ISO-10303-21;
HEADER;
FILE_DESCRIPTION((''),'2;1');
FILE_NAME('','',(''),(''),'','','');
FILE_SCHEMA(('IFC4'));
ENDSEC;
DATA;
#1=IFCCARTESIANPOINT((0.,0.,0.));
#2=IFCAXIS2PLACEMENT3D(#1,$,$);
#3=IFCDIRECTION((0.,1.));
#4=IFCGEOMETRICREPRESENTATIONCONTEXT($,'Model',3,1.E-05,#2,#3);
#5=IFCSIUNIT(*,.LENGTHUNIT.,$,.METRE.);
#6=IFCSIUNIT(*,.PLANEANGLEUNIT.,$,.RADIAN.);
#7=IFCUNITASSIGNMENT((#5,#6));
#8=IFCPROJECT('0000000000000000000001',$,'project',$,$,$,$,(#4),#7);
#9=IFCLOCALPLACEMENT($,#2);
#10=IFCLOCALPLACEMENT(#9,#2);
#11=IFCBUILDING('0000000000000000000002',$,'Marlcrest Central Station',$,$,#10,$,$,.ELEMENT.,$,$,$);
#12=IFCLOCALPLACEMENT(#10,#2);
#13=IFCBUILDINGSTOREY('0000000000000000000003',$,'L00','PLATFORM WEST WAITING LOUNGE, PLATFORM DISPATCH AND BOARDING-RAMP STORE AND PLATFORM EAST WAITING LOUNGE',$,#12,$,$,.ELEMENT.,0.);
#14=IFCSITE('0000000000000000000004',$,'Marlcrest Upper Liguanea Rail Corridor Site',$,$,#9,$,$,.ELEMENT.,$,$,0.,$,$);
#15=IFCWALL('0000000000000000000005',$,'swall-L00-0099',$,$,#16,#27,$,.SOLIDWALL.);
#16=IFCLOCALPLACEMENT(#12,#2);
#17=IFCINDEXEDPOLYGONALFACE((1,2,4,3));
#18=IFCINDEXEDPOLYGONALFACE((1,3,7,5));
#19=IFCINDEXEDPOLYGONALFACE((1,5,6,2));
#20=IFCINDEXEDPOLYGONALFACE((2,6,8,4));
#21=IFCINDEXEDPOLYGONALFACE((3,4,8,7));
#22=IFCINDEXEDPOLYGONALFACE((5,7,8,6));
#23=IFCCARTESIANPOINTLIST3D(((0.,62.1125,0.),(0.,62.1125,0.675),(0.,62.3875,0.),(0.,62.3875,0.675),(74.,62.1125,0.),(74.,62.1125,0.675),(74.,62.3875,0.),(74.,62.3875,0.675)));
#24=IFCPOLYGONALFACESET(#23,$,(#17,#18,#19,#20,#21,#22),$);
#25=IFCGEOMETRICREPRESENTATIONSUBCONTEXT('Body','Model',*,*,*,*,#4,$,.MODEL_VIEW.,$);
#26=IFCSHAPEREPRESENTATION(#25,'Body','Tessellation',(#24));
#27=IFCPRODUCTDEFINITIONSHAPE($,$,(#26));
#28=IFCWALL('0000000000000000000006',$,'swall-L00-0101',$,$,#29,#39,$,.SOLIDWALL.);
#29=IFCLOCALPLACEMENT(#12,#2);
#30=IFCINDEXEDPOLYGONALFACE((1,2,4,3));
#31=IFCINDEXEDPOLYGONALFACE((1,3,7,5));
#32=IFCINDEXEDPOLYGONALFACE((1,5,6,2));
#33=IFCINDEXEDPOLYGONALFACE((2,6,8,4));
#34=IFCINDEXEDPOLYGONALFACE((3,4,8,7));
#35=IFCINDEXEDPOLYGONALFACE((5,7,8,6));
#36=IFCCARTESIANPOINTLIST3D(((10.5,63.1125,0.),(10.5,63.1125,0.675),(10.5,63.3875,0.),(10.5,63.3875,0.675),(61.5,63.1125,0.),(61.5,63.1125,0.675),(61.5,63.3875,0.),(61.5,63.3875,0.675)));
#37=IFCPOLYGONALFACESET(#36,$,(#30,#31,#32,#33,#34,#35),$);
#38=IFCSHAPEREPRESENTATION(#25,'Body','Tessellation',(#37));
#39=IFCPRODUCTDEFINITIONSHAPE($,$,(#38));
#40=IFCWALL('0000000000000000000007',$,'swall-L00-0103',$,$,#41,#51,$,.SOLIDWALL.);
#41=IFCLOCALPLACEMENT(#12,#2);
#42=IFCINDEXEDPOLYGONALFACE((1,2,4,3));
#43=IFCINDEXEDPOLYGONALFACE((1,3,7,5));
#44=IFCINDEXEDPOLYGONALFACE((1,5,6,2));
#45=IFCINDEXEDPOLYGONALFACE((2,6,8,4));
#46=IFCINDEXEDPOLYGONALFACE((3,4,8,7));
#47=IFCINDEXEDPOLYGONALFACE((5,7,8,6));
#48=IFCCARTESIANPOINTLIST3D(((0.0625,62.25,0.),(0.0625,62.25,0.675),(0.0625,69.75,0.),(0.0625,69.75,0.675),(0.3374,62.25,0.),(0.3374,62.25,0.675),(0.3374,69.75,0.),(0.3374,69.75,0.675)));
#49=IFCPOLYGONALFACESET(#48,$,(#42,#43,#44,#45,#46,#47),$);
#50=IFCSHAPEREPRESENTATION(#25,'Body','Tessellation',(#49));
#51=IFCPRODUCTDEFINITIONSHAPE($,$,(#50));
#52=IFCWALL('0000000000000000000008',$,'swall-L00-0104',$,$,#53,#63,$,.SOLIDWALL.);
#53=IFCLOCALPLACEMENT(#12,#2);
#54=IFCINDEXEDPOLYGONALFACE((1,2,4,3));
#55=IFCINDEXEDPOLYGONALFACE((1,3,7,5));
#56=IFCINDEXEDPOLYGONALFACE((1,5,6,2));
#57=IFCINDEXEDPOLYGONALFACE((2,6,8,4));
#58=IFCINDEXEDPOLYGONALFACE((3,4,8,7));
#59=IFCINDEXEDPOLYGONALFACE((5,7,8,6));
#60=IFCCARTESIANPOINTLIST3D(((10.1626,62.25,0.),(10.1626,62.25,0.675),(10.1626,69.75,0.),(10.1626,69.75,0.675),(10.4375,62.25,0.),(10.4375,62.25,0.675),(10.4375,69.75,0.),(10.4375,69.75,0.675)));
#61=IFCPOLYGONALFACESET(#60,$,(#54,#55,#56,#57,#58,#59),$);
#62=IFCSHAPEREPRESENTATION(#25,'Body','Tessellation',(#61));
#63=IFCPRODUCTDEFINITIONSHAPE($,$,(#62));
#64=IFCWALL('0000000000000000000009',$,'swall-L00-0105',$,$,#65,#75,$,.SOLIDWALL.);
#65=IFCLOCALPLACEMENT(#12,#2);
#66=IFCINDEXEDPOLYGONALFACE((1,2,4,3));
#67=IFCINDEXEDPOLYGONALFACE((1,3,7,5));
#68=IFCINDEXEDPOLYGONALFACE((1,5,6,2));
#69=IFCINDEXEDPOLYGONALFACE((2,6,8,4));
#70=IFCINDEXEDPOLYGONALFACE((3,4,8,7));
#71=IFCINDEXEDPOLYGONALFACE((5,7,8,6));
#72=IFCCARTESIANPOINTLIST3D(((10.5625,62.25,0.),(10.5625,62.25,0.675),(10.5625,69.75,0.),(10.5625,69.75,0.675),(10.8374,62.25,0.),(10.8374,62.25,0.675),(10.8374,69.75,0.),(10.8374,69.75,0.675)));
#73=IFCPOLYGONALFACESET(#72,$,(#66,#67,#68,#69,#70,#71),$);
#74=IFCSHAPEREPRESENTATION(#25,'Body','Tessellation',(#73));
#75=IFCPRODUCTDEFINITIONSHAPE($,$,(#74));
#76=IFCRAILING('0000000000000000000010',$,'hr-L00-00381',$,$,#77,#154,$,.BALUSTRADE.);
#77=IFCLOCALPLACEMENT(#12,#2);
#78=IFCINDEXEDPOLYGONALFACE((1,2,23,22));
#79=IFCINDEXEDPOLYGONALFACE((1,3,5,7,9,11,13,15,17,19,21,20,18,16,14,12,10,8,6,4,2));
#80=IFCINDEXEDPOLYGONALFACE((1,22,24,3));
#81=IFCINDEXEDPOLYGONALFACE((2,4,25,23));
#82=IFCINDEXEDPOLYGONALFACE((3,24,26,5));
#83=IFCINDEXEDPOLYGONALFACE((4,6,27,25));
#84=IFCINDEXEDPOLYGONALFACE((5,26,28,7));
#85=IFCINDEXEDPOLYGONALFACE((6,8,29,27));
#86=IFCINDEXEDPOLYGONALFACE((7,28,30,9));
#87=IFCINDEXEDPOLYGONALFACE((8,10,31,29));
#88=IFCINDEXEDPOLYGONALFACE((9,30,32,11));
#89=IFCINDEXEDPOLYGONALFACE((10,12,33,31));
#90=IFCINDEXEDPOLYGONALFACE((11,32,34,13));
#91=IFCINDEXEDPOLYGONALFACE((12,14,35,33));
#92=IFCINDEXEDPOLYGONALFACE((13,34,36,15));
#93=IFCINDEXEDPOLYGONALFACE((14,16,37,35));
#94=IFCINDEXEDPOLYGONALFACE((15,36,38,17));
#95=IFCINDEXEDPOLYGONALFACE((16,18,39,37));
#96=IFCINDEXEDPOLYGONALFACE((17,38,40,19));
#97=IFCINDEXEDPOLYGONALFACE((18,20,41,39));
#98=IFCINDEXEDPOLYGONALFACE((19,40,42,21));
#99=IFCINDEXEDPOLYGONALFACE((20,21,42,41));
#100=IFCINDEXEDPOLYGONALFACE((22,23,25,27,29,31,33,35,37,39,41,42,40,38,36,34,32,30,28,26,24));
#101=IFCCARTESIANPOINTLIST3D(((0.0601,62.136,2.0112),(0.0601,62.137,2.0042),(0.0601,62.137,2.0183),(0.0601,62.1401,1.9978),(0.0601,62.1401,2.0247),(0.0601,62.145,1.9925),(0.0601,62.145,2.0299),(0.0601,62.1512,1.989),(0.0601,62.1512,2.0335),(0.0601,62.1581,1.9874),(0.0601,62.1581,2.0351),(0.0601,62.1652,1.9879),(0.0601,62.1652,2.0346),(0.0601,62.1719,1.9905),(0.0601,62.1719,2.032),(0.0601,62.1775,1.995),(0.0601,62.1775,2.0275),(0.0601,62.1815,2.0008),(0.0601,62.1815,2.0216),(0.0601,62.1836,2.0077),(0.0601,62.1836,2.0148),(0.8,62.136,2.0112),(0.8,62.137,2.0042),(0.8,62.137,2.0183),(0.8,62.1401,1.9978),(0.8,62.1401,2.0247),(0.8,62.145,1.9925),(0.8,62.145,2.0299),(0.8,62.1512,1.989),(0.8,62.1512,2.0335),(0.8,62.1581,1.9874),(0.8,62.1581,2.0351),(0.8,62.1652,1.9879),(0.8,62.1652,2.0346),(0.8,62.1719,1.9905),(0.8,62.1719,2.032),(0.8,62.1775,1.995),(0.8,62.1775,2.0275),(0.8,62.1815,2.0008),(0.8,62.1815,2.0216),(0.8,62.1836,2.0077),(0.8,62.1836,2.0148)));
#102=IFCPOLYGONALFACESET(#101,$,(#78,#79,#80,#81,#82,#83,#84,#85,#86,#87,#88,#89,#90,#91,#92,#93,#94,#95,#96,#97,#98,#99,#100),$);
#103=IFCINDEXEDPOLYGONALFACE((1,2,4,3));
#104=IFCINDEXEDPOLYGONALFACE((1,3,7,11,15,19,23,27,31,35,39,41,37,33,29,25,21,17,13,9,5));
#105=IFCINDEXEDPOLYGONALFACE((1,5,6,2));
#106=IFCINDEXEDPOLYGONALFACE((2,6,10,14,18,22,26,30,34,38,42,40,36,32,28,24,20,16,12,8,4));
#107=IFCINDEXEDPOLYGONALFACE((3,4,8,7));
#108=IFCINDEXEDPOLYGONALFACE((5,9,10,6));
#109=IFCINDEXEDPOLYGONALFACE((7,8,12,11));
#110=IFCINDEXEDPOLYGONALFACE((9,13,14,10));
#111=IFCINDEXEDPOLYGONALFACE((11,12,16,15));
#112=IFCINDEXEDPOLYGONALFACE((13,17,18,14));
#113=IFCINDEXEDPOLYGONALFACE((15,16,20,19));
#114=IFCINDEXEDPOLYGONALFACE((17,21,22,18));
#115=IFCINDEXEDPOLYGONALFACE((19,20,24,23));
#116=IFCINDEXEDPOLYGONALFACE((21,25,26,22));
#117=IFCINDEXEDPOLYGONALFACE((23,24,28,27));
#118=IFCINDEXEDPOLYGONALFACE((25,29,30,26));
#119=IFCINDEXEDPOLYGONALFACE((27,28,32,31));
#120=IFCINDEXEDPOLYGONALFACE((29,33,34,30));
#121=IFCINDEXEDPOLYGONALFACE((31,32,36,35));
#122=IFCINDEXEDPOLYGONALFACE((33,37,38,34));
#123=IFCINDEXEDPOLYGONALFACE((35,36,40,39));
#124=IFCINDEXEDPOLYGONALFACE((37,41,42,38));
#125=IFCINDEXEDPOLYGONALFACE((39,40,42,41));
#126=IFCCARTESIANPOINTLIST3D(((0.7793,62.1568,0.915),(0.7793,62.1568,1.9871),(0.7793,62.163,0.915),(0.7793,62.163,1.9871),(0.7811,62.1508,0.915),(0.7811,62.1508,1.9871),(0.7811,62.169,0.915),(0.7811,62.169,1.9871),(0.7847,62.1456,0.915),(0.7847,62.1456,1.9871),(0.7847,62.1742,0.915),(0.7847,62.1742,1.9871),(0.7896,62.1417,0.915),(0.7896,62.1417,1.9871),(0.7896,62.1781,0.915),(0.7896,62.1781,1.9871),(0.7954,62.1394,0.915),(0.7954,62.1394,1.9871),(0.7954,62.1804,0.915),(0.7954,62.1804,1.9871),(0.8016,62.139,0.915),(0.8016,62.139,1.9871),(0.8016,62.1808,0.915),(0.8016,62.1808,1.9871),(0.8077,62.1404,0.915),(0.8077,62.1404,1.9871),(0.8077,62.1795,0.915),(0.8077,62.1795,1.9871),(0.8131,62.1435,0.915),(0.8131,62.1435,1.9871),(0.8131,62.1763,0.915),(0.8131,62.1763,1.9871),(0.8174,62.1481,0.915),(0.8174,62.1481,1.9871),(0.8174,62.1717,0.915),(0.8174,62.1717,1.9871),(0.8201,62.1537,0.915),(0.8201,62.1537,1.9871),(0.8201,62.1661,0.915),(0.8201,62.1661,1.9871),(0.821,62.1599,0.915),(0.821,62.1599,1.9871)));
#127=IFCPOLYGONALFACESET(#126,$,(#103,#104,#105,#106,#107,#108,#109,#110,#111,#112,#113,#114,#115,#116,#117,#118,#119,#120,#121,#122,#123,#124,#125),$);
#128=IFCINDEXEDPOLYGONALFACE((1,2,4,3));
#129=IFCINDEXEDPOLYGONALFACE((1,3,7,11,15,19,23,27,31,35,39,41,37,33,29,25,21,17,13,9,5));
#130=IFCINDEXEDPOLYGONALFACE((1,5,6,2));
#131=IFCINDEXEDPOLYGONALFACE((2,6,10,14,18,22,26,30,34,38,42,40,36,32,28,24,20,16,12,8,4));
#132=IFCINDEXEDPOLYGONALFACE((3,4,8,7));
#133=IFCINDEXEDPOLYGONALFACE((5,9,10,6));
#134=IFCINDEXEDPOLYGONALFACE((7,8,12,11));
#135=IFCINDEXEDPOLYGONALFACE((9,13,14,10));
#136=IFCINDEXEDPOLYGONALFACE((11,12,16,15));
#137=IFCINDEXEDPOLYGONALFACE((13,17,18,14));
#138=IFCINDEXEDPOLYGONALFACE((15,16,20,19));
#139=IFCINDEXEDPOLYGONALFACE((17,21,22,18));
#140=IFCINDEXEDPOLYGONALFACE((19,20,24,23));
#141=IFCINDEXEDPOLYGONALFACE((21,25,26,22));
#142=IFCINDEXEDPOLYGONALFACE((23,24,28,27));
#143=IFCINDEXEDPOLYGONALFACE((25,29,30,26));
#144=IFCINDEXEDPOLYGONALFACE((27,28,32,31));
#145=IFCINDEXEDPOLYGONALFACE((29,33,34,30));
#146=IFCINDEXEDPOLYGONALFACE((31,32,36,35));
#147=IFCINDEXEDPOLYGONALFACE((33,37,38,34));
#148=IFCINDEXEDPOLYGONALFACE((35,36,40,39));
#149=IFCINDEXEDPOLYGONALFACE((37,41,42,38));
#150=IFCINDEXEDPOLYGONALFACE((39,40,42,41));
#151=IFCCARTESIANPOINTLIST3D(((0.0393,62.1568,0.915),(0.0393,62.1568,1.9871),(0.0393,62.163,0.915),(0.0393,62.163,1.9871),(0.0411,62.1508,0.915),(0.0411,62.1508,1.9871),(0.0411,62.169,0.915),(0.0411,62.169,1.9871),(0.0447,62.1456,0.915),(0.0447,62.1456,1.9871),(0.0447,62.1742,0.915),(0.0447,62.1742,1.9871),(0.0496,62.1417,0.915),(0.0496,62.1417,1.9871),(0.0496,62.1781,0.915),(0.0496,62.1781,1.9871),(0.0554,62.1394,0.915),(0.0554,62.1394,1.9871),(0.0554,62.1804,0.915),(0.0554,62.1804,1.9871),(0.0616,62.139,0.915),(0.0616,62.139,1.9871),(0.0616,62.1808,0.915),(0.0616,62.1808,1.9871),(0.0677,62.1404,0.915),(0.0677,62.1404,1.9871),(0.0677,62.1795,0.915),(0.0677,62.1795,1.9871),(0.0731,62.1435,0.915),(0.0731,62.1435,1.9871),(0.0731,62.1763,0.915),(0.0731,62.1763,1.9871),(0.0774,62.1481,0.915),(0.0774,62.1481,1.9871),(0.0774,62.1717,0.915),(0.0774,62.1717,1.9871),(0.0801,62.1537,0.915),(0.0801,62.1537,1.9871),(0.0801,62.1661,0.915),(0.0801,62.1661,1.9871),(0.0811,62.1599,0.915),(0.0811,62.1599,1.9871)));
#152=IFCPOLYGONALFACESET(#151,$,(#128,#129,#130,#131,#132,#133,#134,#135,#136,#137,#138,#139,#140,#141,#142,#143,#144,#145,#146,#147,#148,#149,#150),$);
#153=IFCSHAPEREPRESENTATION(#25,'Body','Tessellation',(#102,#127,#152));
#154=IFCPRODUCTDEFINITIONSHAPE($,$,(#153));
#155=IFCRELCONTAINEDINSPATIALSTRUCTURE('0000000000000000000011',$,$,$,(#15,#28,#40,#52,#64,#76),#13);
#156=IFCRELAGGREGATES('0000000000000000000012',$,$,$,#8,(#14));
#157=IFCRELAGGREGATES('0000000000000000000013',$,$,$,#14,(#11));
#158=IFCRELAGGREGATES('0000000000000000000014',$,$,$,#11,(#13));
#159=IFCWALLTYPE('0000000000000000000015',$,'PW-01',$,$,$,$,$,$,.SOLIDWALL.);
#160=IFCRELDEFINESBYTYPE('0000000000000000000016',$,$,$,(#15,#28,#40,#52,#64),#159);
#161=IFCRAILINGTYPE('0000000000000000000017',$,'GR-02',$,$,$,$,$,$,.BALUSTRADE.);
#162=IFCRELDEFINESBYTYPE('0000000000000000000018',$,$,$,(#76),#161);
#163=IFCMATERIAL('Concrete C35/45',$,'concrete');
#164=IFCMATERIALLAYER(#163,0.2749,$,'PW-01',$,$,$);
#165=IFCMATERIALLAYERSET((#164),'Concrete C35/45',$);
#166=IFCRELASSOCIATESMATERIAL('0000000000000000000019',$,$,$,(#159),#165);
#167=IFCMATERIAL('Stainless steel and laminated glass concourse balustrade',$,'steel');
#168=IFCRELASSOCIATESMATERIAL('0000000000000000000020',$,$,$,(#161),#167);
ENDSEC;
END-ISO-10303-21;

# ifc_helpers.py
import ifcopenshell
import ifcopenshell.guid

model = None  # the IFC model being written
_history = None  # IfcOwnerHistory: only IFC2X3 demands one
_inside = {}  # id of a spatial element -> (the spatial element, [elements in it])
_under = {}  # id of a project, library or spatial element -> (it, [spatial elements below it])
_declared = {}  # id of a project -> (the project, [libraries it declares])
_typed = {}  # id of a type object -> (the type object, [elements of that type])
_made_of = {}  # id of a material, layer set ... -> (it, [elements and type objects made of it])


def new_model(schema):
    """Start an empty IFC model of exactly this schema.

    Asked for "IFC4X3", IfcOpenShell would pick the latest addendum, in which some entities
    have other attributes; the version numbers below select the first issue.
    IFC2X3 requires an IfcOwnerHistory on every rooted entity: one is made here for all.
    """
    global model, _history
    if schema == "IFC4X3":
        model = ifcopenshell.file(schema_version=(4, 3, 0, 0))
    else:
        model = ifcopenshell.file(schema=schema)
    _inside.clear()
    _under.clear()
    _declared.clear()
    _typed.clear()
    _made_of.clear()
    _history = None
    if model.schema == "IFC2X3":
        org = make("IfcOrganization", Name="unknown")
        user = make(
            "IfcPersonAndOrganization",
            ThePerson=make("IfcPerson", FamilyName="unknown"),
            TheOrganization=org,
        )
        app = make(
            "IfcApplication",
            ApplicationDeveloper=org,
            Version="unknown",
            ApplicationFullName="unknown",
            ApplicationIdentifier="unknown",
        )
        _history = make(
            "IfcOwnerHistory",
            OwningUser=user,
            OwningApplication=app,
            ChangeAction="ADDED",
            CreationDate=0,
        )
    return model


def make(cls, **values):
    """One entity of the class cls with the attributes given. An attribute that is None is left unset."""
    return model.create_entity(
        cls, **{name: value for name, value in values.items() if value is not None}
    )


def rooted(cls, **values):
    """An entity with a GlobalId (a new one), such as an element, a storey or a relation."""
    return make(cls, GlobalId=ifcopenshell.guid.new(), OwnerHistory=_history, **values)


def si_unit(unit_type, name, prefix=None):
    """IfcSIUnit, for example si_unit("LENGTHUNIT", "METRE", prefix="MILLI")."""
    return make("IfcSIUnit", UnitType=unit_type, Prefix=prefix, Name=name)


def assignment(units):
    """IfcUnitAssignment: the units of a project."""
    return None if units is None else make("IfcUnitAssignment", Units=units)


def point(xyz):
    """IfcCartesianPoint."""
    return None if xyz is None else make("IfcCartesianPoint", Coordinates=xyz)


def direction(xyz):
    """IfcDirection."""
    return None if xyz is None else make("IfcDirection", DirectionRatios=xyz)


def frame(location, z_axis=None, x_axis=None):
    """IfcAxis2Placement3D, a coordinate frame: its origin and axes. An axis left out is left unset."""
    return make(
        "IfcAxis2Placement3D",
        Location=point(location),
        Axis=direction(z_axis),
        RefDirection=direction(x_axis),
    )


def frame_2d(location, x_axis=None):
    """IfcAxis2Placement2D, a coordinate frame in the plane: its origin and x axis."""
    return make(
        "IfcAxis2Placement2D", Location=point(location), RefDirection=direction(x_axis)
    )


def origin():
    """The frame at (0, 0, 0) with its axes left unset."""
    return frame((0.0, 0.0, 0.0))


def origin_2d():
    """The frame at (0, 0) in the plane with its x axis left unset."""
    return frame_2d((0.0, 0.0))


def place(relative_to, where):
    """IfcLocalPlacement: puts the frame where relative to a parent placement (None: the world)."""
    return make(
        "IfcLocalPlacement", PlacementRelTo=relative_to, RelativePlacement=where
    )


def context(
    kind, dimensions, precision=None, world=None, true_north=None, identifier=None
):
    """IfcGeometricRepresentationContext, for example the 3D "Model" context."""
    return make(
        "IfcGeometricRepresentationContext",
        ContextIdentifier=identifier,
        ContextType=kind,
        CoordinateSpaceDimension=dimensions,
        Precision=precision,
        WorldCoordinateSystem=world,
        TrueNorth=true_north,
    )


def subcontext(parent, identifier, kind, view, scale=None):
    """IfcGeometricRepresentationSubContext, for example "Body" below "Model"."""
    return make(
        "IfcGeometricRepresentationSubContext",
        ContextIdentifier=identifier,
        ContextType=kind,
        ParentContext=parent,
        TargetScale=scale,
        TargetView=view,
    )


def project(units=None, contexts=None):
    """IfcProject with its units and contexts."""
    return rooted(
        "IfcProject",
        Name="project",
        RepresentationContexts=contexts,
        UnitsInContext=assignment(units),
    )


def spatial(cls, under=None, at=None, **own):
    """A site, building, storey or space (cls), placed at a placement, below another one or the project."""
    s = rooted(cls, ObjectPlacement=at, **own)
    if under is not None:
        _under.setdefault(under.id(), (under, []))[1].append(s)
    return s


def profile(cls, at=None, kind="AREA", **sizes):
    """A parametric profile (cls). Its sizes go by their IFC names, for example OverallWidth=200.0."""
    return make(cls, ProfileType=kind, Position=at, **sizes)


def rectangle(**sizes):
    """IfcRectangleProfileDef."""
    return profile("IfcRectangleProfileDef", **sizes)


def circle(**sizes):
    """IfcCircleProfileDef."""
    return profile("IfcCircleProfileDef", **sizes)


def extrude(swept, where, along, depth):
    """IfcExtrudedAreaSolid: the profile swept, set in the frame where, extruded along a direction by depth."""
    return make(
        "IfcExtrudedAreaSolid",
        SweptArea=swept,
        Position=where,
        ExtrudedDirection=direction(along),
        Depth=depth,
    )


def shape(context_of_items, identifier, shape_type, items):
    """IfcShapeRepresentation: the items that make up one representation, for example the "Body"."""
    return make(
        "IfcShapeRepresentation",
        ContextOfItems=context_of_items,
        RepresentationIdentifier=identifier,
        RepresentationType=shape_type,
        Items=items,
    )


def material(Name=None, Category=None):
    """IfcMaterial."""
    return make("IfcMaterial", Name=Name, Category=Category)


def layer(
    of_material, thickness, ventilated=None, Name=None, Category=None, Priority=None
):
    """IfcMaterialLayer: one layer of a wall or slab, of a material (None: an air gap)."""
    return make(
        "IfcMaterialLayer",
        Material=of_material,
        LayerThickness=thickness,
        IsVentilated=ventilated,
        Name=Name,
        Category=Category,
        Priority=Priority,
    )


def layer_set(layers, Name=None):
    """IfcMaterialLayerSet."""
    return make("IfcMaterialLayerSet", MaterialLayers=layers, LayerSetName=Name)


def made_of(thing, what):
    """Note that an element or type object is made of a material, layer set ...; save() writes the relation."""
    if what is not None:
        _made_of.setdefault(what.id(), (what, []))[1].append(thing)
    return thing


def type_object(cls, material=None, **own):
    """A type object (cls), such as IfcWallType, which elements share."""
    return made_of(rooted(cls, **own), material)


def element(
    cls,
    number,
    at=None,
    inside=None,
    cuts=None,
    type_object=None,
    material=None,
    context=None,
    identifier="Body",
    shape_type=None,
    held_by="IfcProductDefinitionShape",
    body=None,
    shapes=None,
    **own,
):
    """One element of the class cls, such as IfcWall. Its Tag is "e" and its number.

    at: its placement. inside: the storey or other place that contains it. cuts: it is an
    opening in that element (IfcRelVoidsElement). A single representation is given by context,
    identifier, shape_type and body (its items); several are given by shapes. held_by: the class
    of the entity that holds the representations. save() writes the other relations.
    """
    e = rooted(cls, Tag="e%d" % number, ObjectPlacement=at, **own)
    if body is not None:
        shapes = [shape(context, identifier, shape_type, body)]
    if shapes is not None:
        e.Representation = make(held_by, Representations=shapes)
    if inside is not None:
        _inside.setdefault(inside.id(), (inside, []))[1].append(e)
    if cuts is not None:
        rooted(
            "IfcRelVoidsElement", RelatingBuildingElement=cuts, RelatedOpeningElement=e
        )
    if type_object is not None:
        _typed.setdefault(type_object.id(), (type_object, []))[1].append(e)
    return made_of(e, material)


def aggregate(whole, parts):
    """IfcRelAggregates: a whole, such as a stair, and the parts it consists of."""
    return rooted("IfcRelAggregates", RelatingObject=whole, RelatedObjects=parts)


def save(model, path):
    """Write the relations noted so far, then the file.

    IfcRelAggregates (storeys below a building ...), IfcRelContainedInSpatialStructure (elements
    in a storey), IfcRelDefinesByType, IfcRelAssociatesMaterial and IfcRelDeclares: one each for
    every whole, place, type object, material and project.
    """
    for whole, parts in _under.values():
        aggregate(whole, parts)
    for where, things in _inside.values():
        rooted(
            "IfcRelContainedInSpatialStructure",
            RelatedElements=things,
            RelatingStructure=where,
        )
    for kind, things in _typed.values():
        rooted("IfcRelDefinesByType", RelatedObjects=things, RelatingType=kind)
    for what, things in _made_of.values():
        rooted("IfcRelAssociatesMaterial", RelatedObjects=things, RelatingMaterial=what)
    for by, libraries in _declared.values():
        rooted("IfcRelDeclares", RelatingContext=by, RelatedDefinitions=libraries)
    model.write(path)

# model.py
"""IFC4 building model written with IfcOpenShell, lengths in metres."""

from ifc_helpers import new_model, si_unit, direction, frame, frame_2d, origin, origin_2d, place, context, subcontext, project, spatial, rectangle, circle, extrude, material, layer, layer_set, type_object, element, save


model = new_model("IFC4")

# Units and contexts
model_context = context("Model", 3, precision=1e-05, world=origin(), true_north=direction((0.0, 1.0)))
body_context = subcontext(model_context, "Body", "Model", "MODEL_VIEW")
ifc_project = project(units=[si_unit("LENGTHUNIT", "METRE"), si_unit("PLANEANGLEUNIT", "RADIAN")], contexts=[model_context])

# Site, building, storey
site_placement = place(None, origin())
site = spatial("IfcSite", under=ifc_project, at=site_placement, Name="Marlcrest Upper Liguanea Rail Corridor Site", CompositionType="ELEMENT", RefElevation=0.0)
building_placement = place(site_placement, origin())
building = spatial("IfcBuilding", under=site, at=building_placement, Name="Marlcrest Central Station", CompositionType="ELEMENT")
storey_placement = place(building_placement, origin())
storey = spatial("IfcBuildingStorey", under=building, at=storey_placement, Name="L00", Description="PLATFORM WEST WAITING LOUNGE, PLATFORM DISPATCH AND BOARDING-RAMP STORE AND PLATFORM EAST WAITING LOUNGE", CompositionType="ELEMENT", Elevation=0.0)

# Shared definitions
ifc_material_1 = material(Name="Concrete C35/45", Category="concrete")

# Walls
ifc_layer_1 = layer(ifc_material_1, 0.2749, Name="PW-01")
ifc_layer_set_1 = layer_set([ifc_layer_1], Name="Concrete C35/45")
wall_type_1 = type_object("IfcWallType", Name="PW-01", PredefinedType="SOLIDWALL", material=ifc_layer_set_1)
wall_1_placement = place(storey_placement, frame((0.0, 62.25, 0.0), z_axis=(0.0, 0.0, 1.0), x_axis=(1.0, 0.0, 0.0)))
element("IfcWall", 1, at=wall_1_placement, inside=storey, type_object=wall_type_1, Name="swall-L00-0099", PredefinedType="SOLIDWALL", context=body_context, shape_type="SweptSolid", body=[
    extrude(rectangle(XDim=74.0, YDim=0.2749, at=frame_2d((37.0, 0.0))), origin(), (0.0, 0.0, 1.0), 0.675),
])
wall_2_placement = place(storey_placement, frame((10.5, 63.25, 0.0), z_axis=(0.0, 0.0, 1.0), x_axis=(1.0, 0.0, 0.0)))
element("IfcWall", 2, at=wall_2_placement, inside=storey, type_object=wall_type_1, Name="swall-L00-0101", PredefinedType="SOLIDWALL", context=body_context, shape_type="SweptSolid", body=[
    extrude(rectangle(XDim=51.0, YDim=0.2749, at=frame_2d((25.5, 0.0))), origin(), (0.0, 0.0, 1.0), 0.675),
])
for number, where, z_axis, x_axis, name in (
    (3, (0.2, 62.25, 0.0), (0.0, 0.0, 1.0), (0.0, 1.0, 0.0), "swall-L00-0103"),
    (4, (10.3, 62.25, 0.0), (0.0, 0.0, 1.0), (0.0, 1.0, 0.0), "swall-L00-0104"),
    (5, (10.7, 62.25, 0.0), (0.0, 0.0, 1.0), (0.0, 1.0, 0.0), "swall-L00-0105"),
):
    element("IfcWall", number, at=place(storey_placement, frame(where, z_axis=z_axis, x_axis=x_axis)), inside=storey, type_object=wall_type_1, Name=name, PredefinedType="SOLIDWALL", context=body_context, shape_type="SweptSolid", body=[
        extrude(rectangle(XDim=7.5, YDim=0.2749, at=frame_2d((3.75, 0.0))), origin(), (0.0, 0.0, 1.0), 0.675),
    ])

# Railing
ifc_material_2 = material(Name="Stainless steel and laminated glass concourse balustrade", Category="steel")
railing_type = type_object("IfcRailingType", Name="GR-02", PredefinedType="BALUSTRADE", material=ifc_material_2)
railing_1_placement = place(storey_placement, frame((0.8, 62.1599, 0.915)))
element("IfcRailing", 6, at=railing_1_placement, inside=storey, type_object=railing_type, Name="hr-L00-00381", PredefinedType="BALUSTRADE", context=body_context, shape_type="SweptSolid", body=[
    extrude(circle(Radius=0.0239, at=origin_2d()), frame((0.0, 0.0, 1.0962), z_axis=(-1.0, 0.0, 0.0), x_axis=(0.0, -1.0, 0.0)), (0.0, 0.0, 1.0), 0.74),
    extrude(circle(Radius=0.021, at=origin_2d()), origin(), (0.0, 0.0, 1.0), 1.072),
    extrude(circle(Radius=0.021, at=origin_2d()), frame((-0.74, 0.0, 0.0)), (0.0, 0.0, 1.0), 1.072),
])

save(model, "model.ifc")
